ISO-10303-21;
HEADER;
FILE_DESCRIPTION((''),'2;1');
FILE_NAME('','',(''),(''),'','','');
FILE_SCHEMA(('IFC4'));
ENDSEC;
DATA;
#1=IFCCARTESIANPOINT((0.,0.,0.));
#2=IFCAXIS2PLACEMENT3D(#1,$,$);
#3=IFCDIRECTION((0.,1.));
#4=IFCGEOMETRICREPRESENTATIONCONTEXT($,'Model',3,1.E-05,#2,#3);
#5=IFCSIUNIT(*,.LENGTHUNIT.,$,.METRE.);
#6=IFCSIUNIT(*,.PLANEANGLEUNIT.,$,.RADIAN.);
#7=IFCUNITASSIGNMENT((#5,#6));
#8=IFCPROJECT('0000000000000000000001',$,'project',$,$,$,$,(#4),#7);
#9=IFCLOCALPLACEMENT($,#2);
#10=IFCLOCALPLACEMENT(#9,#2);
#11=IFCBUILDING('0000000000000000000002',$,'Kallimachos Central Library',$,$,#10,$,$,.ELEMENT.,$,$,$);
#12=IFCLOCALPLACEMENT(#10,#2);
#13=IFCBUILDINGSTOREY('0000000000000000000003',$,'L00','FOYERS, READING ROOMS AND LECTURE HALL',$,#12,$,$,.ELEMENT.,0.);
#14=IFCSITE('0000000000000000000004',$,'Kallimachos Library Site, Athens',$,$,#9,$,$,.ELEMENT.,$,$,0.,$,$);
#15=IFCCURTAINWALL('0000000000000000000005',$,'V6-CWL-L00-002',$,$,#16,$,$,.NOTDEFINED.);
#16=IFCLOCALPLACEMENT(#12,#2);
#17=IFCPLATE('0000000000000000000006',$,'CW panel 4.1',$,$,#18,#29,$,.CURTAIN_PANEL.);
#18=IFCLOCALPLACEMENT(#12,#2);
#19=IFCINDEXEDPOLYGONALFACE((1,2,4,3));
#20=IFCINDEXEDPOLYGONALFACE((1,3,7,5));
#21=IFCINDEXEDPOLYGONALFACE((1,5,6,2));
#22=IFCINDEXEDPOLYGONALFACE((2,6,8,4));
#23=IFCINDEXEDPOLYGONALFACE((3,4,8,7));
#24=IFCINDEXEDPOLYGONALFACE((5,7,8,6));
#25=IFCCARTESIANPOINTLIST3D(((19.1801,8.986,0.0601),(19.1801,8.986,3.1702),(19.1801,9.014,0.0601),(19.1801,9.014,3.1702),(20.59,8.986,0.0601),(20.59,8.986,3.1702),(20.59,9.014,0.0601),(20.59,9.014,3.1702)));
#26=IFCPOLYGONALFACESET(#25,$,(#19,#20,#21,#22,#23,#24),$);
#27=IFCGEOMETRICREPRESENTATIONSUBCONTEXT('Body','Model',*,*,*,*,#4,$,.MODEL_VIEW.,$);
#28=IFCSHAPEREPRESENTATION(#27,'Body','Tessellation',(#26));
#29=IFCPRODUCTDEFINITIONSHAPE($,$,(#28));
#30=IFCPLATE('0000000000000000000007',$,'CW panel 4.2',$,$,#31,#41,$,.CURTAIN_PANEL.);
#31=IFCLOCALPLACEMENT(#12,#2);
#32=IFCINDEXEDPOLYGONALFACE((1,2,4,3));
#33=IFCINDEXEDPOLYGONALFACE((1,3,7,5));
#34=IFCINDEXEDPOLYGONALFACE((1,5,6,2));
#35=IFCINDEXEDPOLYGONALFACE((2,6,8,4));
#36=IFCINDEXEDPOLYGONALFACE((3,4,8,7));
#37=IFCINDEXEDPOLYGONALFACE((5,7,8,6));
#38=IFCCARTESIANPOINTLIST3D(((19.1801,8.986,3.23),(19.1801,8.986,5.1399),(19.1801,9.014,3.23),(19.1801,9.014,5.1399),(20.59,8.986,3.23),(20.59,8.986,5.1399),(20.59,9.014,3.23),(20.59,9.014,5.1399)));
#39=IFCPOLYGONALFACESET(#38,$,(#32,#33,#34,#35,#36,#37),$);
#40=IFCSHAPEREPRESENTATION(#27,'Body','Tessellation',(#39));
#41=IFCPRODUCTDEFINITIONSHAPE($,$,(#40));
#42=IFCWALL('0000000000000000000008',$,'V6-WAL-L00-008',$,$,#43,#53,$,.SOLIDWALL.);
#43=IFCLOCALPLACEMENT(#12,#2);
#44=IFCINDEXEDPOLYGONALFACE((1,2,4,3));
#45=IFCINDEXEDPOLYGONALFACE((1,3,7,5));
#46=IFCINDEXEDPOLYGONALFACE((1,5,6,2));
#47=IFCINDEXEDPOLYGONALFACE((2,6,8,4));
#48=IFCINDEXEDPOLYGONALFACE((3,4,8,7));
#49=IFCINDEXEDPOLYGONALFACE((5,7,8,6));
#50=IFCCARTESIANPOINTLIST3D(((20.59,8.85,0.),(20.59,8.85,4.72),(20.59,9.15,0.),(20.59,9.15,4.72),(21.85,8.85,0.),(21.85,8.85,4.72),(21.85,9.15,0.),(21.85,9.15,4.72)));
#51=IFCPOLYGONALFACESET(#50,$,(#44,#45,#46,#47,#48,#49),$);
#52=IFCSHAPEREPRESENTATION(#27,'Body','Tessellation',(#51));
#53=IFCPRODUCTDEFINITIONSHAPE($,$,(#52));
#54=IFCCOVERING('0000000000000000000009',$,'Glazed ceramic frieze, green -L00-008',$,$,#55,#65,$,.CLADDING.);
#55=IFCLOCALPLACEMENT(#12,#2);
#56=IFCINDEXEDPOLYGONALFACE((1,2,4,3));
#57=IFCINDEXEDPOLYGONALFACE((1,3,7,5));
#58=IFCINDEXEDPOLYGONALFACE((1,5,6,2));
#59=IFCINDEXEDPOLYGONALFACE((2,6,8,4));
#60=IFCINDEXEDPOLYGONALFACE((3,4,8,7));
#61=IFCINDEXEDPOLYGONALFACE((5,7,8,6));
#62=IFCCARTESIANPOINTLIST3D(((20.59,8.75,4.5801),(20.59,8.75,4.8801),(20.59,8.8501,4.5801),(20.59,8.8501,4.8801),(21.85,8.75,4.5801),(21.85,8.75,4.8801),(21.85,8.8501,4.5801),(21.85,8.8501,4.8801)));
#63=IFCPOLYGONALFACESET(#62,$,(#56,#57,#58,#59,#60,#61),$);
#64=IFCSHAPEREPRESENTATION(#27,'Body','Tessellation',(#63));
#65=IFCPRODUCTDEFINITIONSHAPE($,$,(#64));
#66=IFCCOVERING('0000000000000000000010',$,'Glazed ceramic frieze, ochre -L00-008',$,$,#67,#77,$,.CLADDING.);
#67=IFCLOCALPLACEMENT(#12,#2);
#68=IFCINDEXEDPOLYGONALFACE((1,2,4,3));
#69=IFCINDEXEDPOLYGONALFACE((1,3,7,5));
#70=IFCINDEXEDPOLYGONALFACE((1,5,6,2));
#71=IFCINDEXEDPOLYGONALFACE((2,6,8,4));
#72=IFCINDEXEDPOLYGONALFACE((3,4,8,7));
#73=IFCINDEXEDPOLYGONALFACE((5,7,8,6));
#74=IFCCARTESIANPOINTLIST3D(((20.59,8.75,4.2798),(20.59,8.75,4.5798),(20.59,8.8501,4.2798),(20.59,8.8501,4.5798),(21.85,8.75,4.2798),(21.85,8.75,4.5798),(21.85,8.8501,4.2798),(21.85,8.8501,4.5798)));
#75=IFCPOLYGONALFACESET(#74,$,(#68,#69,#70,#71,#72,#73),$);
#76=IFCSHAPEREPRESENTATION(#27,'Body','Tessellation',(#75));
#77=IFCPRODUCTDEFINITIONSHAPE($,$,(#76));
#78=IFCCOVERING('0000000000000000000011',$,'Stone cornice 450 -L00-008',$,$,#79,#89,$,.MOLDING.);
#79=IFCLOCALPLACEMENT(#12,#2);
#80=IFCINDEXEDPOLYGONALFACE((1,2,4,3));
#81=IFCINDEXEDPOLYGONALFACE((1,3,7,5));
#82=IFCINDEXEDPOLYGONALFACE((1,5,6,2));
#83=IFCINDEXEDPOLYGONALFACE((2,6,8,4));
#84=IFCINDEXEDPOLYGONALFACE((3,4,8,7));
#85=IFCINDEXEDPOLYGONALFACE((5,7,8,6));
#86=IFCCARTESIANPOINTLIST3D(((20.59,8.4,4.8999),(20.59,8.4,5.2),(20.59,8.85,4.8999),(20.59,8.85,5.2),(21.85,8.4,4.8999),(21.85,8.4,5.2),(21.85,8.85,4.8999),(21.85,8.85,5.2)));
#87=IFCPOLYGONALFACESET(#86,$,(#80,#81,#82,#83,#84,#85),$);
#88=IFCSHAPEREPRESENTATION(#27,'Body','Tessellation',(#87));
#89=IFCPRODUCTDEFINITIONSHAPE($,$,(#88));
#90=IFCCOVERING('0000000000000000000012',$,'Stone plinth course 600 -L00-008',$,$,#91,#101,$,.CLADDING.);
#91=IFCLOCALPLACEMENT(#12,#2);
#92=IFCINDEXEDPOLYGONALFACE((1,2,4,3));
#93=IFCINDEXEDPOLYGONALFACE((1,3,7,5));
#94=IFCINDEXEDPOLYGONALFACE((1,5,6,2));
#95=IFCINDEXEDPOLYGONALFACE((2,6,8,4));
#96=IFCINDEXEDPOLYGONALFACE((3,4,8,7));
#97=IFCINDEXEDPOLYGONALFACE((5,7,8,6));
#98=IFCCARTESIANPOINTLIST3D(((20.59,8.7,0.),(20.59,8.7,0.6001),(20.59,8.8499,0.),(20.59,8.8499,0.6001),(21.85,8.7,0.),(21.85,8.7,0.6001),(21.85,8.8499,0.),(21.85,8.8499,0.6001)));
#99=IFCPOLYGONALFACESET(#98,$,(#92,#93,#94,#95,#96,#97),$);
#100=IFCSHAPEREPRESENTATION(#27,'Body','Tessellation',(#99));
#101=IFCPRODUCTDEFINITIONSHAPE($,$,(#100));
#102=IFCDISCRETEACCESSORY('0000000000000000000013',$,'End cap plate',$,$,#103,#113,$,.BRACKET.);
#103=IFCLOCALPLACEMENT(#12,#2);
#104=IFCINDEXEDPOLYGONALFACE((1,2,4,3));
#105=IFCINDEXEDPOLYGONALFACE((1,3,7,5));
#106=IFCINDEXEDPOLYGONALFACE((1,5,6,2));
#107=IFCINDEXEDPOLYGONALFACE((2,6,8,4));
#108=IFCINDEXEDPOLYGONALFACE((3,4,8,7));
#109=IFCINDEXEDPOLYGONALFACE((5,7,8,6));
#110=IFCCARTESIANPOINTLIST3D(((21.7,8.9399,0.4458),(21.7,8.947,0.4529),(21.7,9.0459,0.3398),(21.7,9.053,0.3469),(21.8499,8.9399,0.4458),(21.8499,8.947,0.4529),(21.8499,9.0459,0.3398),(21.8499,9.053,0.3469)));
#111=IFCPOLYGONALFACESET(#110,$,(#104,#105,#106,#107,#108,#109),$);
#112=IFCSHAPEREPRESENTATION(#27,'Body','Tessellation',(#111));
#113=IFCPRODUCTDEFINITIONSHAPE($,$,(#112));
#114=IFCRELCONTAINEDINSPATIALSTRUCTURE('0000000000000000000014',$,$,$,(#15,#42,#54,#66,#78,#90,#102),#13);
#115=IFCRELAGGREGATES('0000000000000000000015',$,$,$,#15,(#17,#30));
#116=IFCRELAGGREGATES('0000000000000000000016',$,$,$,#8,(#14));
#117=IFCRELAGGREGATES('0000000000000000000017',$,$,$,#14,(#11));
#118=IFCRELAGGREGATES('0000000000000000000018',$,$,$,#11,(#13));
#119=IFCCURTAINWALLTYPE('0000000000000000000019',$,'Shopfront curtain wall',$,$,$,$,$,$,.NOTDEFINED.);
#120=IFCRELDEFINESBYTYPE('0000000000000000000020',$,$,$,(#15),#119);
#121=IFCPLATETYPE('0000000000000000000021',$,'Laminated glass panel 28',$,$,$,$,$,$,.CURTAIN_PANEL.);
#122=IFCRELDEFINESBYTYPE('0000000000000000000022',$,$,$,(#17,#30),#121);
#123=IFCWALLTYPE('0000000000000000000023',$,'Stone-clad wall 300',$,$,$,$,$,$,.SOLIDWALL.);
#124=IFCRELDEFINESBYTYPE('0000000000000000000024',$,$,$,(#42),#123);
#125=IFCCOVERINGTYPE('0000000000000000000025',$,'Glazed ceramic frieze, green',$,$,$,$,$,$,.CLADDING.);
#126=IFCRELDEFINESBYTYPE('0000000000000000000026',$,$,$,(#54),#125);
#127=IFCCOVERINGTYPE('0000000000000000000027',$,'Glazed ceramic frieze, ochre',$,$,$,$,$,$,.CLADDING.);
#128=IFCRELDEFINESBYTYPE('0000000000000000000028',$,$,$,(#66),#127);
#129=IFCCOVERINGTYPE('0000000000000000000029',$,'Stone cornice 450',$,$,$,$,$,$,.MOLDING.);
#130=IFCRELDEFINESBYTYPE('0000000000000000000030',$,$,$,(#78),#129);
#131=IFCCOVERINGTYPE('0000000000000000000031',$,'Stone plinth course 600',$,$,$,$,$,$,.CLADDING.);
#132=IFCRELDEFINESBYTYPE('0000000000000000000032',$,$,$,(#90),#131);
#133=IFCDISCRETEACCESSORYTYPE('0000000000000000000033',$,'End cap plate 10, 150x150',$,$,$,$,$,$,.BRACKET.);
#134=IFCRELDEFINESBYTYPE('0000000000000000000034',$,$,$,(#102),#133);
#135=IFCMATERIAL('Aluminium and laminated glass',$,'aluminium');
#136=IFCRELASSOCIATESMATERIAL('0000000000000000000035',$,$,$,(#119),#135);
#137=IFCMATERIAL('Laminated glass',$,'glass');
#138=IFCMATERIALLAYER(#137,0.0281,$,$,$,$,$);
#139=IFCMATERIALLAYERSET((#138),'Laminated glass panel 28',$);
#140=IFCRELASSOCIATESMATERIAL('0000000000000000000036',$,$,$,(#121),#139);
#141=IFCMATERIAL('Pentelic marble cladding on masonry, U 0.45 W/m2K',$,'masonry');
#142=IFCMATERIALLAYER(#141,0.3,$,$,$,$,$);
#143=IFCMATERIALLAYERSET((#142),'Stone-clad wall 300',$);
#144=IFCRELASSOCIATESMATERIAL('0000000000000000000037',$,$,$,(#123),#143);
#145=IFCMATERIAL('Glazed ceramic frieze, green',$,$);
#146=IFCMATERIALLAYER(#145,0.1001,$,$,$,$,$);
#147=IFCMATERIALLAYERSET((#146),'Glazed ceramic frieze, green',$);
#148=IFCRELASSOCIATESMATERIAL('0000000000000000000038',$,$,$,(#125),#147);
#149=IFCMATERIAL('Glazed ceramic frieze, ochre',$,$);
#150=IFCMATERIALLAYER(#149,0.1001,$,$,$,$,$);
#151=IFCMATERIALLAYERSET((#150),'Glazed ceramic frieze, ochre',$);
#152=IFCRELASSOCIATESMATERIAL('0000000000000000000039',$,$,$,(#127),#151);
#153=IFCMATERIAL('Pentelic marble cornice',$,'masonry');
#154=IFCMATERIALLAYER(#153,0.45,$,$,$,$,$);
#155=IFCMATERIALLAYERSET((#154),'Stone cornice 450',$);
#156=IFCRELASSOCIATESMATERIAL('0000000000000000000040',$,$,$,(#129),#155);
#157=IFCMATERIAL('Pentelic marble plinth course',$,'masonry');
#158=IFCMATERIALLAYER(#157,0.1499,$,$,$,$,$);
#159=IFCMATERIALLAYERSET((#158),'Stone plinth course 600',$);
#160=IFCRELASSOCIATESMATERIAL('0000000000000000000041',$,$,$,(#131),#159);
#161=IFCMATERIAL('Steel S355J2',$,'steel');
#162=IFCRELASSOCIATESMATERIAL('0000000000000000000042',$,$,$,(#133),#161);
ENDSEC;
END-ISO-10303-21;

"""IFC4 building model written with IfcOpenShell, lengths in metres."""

from ifc_helpers import new_model, si_unit, direction, frame, frame_2d, origin, origin_2d, place, context, subcontext, project, spatial, rectangle, extrude, material, layer, layer_set, material_profile, profile_set, type_object, element, aggregate, save


model = new_model("IFC4")

# Units and contexts
model_context = context("Model", 3, precision=1e-05, world=origin(), true_north=direction((0.0, 1.0)))
body_context = subcontext(model_context, "Body", "Model", "MODEL_VIEW")
ifc_project = project(units=[si_unit("LENGTHUNIT", "METRE"), si_unit("PLANEANGLEUNIT", "RADIAN")], contexts=[model_context])

# Site, building, storey
site_placement = place(None, origin())
site = spatial("IfcSite", under=ifc_project, at=site_placement, Name="Kallimachos Library Site, Athens", CompositionType="ELEMENT", RefElevation=0.0)
building_placement = place(site_placement, origin())
building = spatial("IfcBuilding", under=site, at=building_placement, Name="Kallimachos Central Library", CompositionType="ELEMENT")
storey_placement = place(building_placement, origin())
storey = spatial("IfcBuildingStorey", under=building, at=storey_placement, Name="L00", Description="FOYERS, READING ROOMS AND LECTURE HALL", CompositionType="ELEMENT", Elevation=0.0)

# Curtain wall
ifc_material_1 = material(Name="Aluminium and laminated glass", Category="aluminium")
curtain_wall_type = type_object("IfcCurtainWallType", Name="Shopfront curtain wall", PredefinedType="NOTDEFINED", material=ifc_material_1)
curtain_wall_placement = place(storey_placement, origin())
curtain_wall = element("IfcCurtainWall", 1, at=curtain_wall_placement, inside=storey, type_object=curtain_wall_type, Name="V6-CWL-L00-002", PredefinedType="NOTDEFINED")

# Plates
ifc_material_2 = material(Name="Laminated glass", Category="glass")
ifc_layer_1 = layer(ifc_material_2, 0.0281)
ifc_layer_set_1 = layer_set([ifc_layer_1], Name="Laminated glass panel 28")
plate_type = type_object("IfcPlateType", Name="Laminated glass panel 28", PredefinedType="CURTAIN_PANEL", material=ifc_layer_set_1)
plate_1_placement = place(storey_placement, frame((19.885, 9.0, 0.0601), z_axis=(0.0, 0.0, 1.0), x_axis=(1.0, 0.0, 0.0)))
plate_1 = element("IfcPlate", 2, at=plate_1_placement, type_object=plate_type, Name="CW panel 4.1", PredefinedType="CURTAIN_PANEL", context=body_context, shape_type="SweptSolid", body=[
    extrude(rectangle(XDim=1.4099, YDim=0.0281, at=origin_2d()), origin(), (0.0, 0.0, 1.0), 3.1101),
])
plate_2_placement = place(storey_placement, frame((19.885, 9.0, 3.23), z_axis=(0.0, 0.0, 1.0), x_axis=(1.0, 0.0, 0.0)))
plate_2 = element("IfcPlate", 3, at=plate_2_placement, type_object=plate_type, Name="CW panel 4.2", PredefinedType="CURTAIN_PANEL", context=body_context, shape_type="SweptSolid", body=[
    extrude(rectangle(XDim=1.4099, YDim=0.0281, at=origin_2d()), origin(), (0.0, 0.0, 1.0), 1.9099),
])
aggregate(curtain_wall, [plate_1, plate_2])

# Wall
ifc_material_3 = material(Name="Pentelic marble cladding on masonry, U 0.45 W/m2K", Category="masonry")
ifc_layer_2 = layer(ifc_material_3, 0.3)
ifc_layer_set_2 = layer_set([ifc_layer_2], Name="Stone-clad wall 300")
wall_type = type_object("IfcWallType", Name="Stone-clad wall 300", PredefinedType="SOLIDWALL", material=ifc_layer_set_2)
wall_placement = place(storey_placement, frame((20.5901, 9.0, 0.0), z_axis=(0.0, 0.0, 1.0), x_axis=(1.0, 0.0, 0.0)))
element("IfcWall", 4, at=wall_placement, inside=storey, type_object=wall_type, Name="V6-WAL-L00-008", PredefinedType="SOLIDWALL", context=body_context, shape_type="SweptSolid", body=[
    extrude(rectangle(XDim=1.26, YDim=0.3, at=frame_2d((0.6299, 0.0))), origin(), (0.0, 0.0, 1.0), 4.72),
])

# Coverings
ifc_material_4 = material(Name="Glazed ceramic frieze, green")
ifc_layer_3 = layer(ifc_material_4, 0.1001)
ifc_layer_set_3 = layer_set([ifc_layer_3], Name="Glazed ceramic frieze, green")
covering_type_1 = type_object("IfcCoveringType", Name="Glazed ceramic frieze, green", PredefinedType="CLADDING", material=ifc_layer_set_3)
covering_1_placement = place(storey_placement, frame((21.22, 8.8, 4.5801), z_axis=(0.0, 0.0, 1.0), x_axis=(1.0, 0.0, 0.0)))
element("IfcCovering", 5, at=covering_1_placement, inside=storey, type_object=covering_type_1, Name="Glazed ceramic frieze, green -L00-008", PredefinedType="CLADDING", context=body_context, shape_type="SweptSolid", body=[
    extrude(rectangle(XDim=1.26, YDim=0.1001, at=origin_2d()), origin(), (0.0, 0.0, 1.0), 0.3),
])
ifc_material_5 = material(Name="Glazed ceramic frieze, ochre")
ifc_layer_4 = layer(ifc_material_5, 0.1001)
ifc_layer_set_4 = layer_set([ifc_layer_4], Name="Glazed ceramic frieze, ochre")
covering_type_2 = type_object("IfcCoveringType", Name="Glazed ceramic frieze, ochre", PredefinedType="CLADDING", material=ifc_layer_set_4)
covering_2_placement = place(storey_placement, frame((21.22, 8.8, 4.2798), z_axis=(0.0, 0.0, 1.0), x_axis=(1.0, 0.0, 0.0)))
element("IfcCovering", 6, at=covering_2_placement, inside=storey, type_object=covering_type_2, Name="Glazed ceramic frieze, ochre -L00-008", PredefinedType="CLADDING", context=body_context, shape_type="SweptSolid", body=[
    extrude(rectangle(XDim=1.26, YDim=0.1001, at=origin_2d()), origin(), (0.0, 0.0, 1.0), 0.3),
])
ifc_material_6 = material(Name="Pentelic marble cornice", Category="masonry")
ifc_layer_5 = layer(ifc_material_6, 0.45)
ifc_layer_set_5 = layer_set([ifc_layer_5], Name="Stone cornice 450")
covering_type_3 = type_object("IfcCoveringType", Name="Stone cornice 450", PredefinedType="MOLDING", material=ifc_layer_set_5)
covering_3_placement = place(storey_placement, frame((21.22, 8.625, 4.8999), z_axis=(0.0, 0.0, 1.0), x_axis=(1.0, 0.0, 0.0)))
element("IfcCovering", 7, at=covering_3_placement, inside=storey, type_object=covering_type_3, Name="Stone cornice 450 -L00-008", PredefinedType="MOLDING", context=body_context, shape_type="SweptSolid", body=[
    extrude(rectangle(XDim=1.26, YDim=0.45, at=origin_2d()), origin(), (0.0, 0.0, 1.0), 0.3),
])
ifc_material_7 = material(Name="Pentelic marble plinth course", Category="masonry")
ifc_layer_6 = layer(ifc_material_7, 0.1499)
ifc_layer_set_6 = layer_set([ifc_layer_6], Name="Stone plinth course 600")
covering_type_4 = type_object("IfcCoveringType", Name="Stone plinth course 600", PredefinedType="CLADDING", material=ifc_layer_set_6)
covering_4_placement = place(storey_placement, frame((21.22, 8.7749, 0.0), z_axis=(0.0, 0.0, 1.0), x_axis=(1.0, 0.0, 0.0)))
element("IfcCovering", 8, at=covering_4_placement, inside=storey, type_object=covering_type_4, Name="Stone plinth course 600 -L00-008", PredefinedType="CLADDING", context=body_context, shape_type="SweptSolid", body=[
    extrude(rectangle(XDim=1.26, YDim=0.1499, at=origin_2d()), origin(), (0.0, 0.0, 1.0), 0.6001),
])

# Discrete accessory
ifc_material_8 = material(Name="Steel S355J2", Category="steel")
ifc_material_profile_1 = material_profile(ifc_material_8, rectangle(XDim=0.1499, YDim=0.1499, at=origin_2d()), Name="End cap plate 10, 150x150")
ifc_profile_set_1 = profile_set([ifc_material_profile_1], Name="Steel S355J2")
discrete_accessory_type = type_object("IfcDiscreteAccessoryType", Name="End cap plate 10, 150x150", PredefinedType="BRACKET", material=ifc_profile_set_1)
discrete_accessory_placement = place(storey_placement, frame((21.7749, 8.9929, 0.3928), z_axis=(0.0, 0.707107, 0.707107), x_axis=(-1.0, 0.0, 0.0)))
element("IfcDiscreteAccessory", 9, at=discrete_accessory_placement, inside=storey, type_object=discrete_accessory_type, Name="End cap plate", PredefinedType="BRACKET", context=body_context, shape_type="SweptSolid", body=[
    extrude(rectangle(XDim=0.1499, YDim=0.1499, at=origin_2d()), origin(), (0.0, 0.0, 1.0), 0.01),
])

save(model, "model.ifc")
